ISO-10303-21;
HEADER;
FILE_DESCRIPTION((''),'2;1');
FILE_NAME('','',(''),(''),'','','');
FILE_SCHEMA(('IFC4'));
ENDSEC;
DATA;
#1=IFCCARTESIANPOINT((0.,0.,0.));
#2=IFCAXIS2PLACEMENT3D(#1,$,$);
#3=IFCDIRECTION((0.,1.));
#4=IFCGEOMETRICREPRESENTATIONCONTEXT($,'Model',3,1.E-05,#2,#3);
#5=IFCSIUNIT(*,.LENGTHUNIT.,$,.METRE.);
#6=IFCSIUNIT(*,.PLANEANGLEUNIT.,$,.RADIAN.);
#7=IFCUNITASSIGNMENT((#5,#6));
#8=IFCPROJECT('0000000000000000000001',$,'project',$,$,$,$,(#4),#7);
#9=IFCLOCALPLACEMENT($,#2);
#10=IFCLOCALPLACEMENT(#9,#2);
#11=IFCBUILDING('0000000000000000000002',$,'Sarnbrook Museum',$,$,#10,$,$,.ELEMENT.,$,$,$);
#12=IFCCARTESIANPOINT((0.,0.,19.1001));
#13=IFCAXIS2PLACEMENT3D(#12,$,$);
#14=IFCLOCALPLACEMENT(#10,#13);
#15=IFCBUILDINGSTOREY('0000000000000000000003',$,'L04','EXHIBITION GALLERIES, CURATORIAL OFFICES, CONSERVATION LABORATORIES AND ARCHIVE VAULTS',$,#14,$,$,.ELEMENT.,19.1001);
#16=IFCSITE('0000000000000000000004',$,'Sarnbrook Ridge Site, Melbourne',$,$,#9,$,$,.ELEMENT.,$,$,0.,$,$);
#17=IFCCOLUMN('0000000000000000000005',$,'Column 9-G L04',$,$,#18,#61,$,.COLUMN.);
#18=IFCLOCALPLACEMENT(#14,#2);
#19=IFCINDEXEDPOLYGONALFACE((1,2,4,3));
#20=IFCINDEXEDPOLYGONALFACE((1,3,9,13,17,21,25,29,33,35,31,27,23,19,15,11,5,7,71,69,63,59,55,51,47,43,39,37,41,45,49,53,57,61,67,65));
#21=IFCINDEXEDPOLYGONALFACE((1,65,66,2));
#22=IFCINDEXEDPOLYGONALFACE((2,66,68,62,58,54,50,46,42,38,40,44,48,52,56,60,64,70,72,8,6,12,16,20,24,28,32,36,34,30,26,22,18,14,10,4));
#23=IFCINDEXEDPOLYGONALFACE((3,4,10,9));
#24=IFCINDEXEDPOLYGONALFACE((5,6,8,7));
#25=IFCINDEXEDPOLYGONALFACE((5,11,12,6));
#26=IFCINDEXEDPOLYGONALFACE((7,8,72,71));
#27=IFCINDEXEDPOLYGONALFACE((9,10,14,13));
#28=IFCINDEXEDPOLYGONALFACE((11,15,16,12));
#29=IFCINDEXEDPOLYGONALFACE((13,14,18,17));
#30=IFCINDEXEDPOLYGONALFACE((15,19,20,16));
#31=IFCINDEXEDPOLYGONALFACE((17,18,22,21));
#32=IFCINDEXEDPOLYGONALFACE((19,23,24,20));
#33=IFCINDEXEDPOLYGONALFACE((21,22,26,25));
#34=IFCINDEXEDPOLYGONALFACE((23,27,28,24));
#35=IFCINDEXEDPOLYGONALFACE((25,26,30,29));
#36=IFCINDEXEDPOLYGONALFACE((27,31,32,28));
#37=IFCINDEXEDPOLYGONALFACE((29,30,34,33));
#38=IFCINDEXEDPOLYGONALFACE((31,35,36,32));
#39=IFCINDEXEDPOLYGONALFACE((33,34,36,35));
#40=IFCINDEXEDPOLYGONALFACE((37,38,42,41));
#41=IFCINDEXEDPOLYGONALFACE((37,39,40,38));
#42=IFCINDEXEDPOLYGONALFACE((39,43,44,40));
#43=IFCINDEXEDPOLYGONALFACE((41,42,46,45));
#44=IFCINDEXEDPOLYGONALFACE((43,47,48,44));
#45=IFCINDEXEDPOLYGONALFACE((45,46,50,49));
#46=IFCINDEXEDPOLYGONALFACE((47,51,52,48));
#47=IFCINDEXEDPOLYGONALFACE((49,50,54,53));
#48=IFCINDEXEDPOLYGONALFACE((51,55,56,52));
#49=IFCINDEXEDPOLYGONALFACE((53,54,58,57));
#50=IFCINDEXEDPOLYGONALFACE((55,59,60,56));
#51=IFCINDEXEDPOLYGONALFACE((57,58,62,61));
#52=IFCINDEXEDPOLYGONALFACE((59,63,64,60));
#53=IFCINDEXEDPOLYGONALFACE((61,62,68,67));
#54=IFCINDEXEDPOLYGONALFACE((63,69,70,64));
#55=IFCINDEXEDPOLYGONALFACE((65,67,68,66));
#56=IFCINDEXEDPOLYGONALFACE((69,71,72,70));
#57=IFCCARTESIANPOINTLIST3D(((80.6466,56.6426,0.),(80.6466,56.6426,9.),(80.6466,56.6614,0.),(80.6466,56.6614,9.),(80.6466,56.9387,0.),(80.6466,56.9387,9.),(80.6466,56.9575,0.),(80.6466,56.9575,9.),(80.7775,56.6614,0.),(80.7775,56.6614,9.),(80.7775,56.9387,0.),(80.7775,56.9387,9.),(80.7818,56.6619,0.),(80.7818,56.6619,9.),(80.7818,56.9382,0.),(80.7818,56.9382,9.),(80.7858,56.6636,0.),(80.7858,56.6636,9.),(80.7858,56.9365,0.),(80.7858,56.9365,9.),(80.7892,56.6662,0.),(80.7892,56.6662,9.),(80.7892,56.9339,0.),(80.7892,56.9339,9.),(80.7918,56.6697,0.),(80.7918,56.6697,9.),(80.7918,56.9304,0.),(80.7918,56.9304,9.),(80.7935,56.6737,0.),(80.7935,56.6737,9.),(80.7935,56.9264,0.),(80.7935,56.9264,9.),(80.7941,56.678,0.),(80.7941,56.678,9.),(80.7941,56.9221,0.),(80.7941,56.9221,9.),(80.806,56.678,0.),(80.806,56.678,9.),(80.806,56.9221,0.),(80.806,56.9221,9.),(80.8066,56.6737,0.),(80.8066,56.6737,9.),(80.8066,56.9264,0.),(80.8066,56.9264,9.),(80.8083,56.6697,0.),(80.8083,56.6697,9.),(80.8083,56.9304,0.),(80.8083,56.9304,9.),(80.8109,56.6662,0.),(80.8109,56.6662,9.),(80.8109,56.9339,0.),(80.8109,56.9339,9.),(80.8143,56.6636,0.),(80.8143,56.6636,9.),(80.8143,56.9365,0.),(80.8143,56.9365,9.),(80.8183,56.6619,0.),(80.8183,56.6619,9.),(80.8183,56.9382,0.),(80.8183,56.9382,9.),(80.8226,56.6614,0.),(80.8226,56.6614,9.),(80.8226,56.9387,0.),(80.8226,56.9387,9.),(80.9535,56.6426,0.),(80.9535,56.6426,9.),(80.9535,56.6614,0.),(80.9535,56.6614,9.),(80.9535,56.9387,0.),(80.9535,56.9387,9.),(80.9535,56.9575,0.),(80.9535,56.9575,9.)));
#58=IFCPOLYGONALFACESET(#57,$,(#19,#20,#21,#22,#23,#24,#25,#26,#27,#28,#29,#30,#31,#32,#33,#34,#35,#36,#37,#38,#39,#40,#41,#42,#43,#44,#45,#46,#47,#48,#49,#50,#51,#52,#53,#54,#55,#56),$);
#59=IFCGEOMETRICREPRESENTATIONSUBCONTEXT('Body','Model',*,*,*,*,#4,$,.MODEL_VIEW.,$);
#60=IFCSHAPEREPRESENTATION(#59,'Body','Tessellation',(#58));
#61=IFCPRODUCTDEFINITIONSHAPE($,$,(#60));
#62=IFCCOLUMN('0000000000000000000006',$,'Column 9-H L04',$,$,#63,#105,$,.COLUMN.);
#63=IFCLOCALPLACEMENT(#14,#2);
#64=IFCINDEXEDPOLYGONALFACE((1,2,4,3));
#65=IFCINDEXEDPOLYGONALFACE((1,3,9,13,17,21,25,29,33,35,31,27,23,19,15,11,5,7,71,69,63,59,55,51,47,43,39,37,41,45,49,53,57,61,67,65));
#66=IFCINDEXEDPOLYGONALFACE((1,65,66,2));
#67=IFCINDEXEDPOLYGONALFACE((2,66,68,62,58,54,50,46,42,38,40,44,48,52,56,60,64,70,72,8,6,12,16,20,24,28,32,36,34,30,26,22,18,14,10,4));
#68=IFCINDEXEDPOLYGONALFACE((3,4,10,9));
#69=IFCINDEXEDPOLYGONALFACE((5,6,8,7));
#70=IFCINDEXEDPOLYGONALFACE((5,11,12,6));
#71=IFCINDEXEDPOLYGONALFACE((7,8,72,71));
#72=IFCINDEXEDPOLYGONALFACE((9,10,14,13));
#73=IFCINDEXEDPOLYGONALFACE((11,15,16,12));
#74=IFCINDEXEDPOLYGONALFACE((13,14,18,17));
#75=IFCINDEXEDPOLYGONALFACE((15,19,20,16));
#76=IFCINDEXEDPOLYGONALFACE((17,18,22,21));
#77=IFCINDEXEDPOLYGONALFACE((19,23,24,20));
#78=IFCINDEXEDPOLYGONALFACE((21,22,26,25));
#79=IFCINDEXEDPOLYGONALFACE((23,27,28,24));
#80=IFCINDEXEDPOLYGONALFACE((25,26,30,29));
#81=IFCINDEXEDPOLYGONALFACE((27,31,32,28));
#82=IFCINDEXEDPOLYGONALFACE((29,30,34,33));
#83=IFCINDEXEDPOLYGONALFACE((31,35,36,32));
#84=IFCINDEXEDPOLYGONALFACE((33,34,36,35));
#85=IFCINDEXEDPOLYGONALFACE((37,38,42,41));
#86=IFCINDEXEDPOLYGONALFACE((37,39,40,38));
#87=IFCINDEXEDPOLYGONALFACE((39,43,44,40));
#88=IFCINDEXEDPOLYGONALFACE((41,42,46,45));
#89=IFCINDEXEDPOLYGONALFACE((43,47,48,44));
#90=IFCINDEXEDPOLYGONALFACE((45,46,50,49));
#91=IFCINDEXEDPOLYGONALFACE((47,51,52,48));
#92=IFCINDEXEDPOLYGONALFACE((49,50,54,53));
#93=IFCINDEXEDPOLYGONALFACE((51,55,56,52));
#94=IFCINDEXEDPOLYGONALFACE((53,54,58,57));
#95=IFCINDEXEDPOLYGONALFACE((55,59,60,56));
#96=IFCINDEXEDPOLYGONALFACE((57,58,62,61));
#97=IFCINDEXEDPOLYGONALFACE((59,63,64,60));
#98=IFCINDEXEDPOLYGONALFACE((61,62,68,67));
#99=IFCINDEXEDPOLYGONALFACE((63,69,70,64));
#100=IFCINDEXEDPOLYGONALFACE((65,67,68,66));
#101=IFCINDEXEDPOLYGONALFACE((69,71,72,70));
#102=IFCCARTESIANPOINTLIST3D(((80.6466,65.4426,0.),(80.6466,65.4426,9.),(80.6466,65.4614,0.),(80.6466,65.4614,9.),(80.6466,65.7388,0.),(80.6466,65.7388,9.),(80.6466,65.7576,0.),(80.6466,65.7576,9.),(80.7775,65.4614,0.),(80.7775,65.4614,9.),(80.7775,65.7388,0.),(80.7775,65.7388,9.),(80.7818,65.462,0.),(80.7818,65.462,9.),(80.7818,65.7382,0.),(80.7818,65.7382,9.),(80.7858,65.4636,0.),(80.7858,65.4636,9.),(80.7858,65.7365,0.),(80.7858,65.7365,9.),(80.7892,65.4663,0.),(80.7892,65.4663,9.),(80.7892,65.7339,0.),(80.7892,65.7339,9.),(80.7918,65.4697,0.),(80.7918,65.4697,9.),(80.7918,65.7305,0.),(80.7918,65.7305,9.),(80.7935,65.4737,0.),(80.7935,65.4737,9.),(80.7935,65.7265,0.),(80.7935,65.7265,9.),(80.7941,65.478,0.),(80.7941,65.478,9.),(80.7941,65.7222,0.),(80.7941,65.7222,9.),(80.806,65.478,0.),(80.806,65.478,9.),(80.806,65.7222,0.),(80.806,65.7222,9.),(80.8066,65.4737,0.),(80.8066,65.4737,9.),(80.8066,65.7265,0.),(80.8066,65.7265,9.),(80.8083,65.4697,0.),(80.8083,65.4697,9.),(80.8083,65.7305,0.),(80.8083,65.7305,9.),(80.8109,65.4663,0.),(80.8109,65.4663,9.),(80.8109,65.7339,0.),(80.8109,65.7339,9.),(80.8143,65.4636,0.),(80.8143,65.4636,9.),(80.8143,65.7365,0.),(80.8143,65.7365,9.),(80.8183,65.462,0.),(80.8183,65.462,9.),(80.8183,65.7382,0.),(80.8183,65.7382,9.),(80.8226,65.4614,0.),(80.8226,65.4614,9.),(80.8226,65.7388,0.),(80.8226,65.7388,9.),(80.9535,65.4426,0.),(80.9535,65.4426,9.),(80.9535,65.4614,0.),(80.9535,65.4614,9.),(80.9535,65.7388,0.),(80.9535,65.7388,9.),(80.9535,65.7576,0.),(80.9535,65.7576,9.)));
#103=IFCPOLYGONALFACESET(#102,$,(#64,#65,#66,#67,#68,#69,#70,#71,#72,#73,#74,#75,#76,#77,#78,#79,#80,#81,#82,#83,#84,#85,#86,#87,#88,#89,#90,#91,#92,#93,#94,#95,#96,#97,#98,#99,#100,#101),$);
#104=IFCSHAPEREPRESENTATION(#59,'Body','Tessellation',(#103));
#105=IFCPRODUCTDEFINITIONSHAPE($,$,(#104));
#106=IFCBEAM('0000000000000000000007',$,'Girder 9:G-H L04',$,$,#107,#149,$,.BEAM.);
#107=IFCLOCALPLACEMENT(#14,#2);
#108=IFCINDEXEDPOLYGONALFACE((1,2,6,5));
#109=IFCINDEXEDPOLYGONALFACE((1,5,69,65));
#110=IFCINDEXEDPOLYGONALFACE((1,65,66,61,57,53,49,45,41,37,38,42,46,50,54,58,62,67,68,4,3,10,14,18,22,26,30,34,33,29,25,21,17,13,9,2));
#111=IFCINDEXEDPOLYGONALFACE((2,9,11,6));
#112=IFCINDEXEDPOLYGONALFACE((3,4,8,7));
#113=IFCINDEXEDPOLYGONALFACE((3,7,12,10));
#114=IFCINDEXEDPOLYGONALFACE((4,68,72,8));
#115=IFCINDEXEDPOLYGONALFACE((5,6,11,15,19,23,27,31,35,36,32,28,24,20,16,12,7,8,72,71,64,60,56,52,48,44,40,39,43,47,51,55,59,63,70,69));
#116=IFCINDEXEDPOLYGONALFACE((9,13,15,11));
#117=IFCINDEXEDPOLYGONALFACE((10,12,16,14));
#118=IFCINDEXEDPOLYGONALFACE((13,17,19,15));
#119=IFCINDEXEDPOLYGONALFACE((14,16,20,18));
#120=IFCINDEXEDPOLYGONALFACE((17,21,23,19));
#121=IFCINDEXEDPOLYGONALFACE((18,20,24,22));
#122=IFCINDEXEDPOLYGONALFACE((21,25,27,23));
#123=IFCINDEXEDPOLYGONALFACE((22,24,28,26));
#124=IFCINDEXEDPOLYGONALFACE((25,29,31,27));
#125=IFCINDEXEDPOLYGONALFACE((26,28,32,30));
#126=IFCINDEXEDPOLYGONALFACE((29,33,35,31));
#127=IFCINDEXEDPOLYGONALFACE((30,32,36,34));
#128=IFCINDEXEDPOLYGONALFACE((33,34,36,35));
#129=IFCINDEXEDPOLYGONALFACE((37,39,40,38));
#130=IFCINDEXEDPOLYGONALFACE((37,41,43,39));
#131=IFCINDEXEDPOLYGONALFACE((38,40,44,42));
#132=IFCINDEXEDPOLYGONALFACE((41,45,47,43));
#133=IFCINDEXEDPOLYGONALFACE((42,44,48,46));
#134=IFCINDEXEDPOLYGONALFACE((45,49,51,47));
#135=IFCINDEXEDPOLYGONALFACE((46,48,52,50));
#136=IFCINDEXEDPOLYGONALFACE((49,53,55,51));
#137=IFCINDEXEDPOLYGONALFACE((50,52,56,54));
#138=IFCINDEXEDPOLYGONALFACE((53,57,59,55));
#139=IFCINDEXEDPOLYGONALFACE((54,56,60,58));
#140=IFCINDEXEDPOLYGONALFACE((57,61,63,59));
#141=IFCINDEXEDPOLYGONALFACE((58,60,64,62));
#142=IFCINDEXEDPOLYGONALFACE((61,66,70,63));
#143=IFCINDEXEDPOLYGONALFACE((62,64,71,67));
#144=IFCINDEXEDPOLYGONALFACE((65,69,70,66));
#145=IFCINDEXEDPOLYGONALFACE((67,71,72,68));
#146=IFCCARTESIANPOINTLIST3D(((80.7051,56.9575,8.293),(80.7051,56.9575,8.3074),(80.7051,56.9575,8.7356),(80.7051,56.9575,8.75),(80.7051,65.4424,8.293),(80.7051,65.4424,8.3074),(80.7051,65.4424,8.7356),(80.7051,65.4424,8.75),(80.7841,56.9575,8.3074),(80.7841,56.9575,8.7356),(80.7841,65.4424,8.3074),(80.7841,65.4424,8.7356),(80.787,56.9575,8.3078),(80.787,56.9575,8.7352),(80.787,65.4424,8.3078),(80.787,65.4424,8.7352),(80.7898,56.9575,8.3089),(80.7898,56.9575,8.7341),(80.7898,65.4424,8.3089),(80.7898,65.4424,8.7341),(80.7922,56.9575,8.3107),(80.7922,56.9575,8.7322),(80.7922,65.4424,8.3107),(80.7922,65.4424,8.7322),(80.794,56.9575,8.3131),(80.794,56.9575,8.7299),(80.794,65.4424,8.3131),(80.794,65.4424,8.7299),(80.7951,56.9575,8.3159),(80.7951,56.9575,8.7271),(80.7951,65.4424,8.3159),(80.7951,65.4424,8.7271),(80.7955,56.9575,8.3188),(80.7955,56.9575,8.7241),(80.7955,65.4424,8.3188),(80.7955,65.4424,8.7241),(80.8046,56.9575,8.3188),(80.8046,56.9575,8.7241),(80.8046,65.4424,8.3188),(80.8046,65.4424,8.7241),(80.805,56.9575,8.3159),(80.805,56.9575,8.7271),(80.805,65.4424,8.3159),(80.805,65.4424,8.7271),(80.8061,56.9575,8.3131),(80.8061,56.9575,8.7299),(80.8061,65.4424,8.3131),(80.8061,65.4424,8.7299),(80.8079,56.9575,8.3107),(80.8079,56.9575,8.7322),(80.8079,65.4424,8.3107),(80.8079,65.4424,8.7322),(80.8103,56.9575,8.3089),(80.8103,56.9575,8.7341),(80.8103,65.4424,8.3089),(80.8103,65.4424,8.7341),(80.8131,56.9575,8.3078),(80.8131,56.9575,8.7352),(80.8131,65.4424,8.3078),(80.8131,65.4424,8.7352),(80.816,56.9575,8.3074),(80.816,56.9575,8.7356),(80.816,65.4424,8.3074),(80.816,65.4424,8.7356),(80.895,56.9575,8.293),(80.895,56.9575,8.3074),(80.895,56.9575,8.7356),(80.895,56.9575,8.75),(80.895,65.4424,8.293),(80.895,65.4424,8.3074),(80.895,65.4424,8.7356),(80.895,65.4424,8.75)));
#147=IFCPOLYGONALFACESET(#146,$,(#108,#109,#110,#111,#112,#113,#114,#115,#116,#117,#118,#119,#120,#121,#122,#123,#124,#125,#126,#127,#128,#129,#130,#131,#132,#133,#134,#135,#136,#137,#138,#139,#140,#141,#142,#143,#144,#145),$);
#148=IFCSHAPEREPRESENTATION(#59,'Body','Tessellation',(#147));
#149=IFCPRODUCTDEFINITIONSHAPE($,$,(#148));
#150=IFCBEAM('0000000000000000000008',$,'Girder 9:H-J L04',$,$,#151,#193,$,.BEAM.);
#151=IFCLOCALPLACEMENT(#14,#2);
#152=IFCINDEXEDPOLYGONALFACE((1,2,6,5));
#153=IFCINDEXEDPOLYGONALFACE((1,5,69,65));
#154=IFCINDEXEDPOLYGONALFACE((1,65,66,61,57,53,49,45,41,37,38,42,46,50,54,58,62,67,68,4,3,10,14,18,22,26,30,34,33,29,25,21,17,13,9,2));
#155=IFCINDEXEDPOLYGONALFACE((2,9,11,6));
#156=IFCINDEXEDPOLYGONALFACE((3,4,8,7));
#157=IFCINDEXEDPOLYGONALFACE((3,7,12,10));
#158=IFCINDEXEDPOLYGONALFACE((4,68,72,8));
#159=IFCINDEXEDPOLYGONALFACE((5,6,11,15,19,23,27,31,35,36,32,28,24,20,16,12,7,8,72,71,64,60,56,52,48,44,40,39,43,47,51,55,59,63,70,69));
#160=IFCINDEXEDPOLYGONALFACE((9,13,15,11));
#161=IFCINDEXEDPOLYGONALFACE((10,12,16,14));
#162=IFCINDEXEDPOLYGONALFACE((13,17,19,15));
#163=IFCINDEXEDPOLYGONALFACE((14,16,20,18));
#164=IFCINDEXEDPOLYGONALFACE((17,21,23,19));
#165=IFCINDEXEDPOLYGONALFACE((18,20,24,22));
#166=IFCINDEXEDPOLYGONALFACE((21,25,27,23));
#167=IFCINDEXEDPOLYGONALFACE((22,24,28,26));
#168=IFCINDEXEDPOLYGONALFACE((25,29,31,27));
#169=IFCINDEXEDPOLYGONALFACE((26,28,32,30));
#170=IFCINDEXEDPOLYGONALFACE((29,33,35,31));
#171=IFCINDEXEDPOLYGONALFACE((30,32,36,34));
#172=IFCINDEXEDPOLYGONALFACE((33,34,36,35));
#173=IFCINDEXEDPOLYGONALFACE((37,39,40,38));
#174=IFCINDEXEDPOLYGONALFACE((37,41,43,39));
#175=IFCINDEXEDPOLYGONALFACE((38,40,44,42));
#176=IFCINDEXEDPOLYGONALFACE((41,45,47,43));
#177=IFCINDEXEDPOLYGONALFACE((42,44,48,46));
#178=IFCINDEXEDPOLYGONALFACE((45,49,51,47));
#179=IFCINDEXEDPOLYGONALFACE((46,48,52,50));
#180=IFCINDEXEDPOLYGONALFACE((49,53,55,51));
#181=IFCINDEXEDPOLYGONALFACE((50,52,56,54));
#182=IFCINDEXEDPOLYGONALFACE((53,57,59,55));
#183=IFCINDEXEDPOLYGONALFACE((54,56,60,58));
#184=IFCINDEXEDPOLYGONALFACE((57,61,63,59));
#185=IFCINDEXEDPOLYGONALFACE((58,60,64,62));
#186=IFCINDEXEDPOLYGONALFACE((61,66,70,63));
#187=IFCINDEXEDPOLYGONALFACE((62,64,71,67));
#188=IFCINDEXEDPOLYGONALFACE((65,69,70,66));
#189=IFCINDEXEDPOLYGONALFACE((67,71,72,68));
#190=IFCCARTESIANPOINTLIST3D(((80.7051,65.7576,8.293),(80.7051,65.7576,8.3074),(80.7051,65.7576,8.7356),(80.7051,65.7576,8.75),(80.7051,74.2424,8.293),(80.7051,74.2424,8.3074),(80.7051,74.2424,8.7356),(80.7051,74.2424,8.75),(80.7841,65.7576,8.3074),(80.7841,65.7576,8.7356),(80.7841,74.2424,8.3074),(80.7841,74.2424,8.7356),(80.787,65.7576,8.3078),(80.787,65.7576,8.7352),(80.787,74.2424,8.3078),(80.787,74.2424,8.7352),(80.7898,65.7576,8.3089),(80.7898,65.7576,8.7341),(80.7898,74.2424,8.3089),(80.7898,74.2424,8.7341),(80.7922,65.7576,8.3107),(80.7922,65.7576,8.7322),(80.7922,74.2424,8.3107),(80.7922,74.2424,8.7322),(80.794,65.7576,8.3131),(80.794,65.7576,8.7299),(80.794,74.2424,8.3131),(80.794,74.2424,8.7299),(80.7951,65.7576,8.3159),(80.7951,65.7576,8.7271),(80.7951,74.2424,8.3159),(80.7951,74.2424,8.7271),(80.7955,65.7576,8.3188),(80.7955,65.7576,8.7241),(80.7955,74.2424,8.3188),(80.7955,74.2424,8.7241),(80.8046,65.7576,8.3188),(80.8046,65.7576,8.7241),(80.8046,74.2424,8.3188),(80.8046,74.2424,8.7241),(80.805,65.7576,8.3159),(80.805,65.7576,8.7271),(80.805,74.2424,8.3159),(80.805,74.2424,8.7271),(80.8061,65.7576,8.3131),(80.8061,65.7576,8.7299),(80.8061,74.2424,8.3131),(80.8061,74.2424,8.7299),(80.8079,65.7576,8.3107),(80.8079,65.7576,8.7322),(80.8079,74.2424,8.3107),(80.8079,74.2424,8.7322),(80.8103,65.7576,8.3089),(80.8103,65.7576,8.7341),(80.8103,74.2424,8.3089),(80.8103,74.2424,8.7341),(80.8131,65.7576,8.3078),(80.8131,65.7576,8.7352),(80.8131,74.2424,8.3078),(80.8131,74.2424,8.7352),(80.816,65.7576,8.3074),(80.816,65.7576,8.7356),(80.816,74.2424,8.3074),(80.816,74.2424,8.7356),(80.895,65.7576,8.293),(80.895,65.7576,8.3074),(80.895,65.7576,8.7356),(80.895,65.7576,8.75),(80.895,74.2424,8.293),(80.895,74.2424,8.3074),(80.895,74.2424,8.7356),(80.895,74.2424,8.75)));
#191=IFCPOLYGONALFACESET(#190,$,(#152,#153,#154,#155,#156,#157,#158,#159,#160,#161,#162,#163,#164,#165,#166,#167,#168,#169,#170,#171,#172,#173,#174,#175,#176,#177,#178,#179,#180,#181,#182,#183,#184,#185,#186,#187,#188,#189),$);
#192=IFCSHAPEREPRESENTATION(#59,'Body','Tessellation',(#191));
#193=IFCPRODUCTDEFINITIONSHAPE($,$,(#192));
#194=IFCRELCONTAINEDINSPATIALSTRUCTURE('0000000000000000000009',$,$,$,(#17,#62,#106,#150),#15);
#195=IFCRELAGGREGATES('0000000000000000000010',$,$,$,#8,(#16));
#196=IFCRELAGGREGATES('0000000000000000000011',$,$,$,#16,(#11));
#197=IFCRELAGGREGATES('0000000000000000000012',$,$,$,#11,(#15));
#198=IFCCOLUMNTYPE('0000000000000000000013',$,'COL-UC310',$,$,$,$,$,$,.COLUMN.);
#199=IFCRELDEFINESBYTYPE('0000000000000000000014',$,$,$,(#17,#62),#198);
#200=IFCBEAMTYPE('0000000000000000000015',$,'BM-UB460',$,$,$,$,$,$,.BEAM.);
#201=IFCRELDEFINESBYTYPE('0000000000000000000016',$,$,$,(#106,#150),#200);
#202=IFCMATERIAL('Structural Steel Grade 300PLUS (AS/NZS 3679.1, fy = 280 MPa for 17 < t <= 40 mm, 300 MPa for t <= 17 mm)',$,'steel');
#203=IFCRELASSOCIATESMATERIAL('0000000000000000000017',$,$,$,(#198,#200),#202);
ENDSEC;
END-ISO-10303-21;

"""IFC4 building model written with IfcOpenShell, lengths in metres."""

from ifc_helpers import new_model, si_unit, direction, frame, origin, origin_2d, place, context, subcontext, project, spatial, i_section, extrude, material, material_profile, profile_set, type_object, element, save


model = new_model("IFC4")

# Units and contexts
model_context = context("Model", 3, precision=1e-05, world=origin(), true_north=direction((0.0, 1.0)))
body_context = subcontext(model_context, "Body", "Model", "MODEL_VIEW")
ifc_project = project(units=[si_unit("LENGTHUNIT", "METRE"), si_unit("PLANEANGLEUNIT", "RADIAN")], contexts=[model_context])

# Site, building, storey
site_placement = place(None, origin())
site = spatial("IfcSite", under=ifc_project, at=site_placement, Name="Sarnbrook Ridge Site, Melbourne", CompositionType="ELEMENT", RefElevation=0.0)
building_placement = place(site_placement, origin())
building = spatial("IfcBuilding", under=site, at=building_placement, Name="Sarnbrook Museum", CompositionType="ELEMENT")
storey_placement = place(building_placement, frame((0.0, 0.0, 19.1001)))
storey = spatial("IfcBuildingStorey", under=building, at=storey_placement, Name="L04", Description="EXHIBITION GALLERIES, CURATORIAL OFFICES, CONSERVATION LABORATORIES AND ARCHIVE VAULTS", CompositionType="ELEMENT", Elevation=19.1001)

# Columns
ifc_material_1 = material(Name="Structural Steel Grade 300PLUS (AS/NZS 3679.1, fy = 280 MPa for 17 < t <= 40 mm, 300 MPa for t <= 17 mm)", Category="steel")
ifc_material_profile_1 = material_profile(ifc_material_1, i_section(OverallWidth=0.3069, OverallDepth=0.3149, WebThickness=0.012, FlangeThickness=0.0188, FilletRadius=0.0166, at=origin_2d()), Name="310UC118")
ifc_profile_set_1 = profile_set([ifc_material_profile_1], Name="Structural Steel Grade 300PLUS (AS/NZS 3679.1, fy = 280 MPa for 17 < t <= 40 mm, 300 MPa for t <= 17 mm)")
column_type = type_object("IfcColumnType", Name="COL-UC310", PredefinedType="COLUMN", material=ifc_profile_set_1)
for number, where, z_axis, x_axis, name in (
    (1, (80.8, 56.8, 0.0), (0.0, 0.0, 1.0), (1.0, 0.0, 0.0), "Column 9-G L04"),
    (2, (80.8, 65.6001, 0.0), (0.0, 0.0, 1.0), (1.0, 0.0, 0.0), "Column 9-H L04"),
):
    element("IfcColumn", number, at=place(storey_placement, frame(where, z_axis=z_axis, x_axis=x_axis)), inside=storey, type_object=column_type, Name=name, PredefinedType="COLUMN", context=body_context, shape_type="SweptSolid", body=[
        extrude(i_section(OverallWidth=0.3069, OverallDepth=0.3149, WebThickness=0.012, FlangeThickness=0.0188, FilletRadius=0.0166, at=origin_2d()), origin(), (0.0, 0.0, 1.0), 9.0),
    ])

# Beams
ifc_material_profile_2 = material_profile(ifc_material_1, i_section(OverallWidth=0.1899, OverallDepth=0.457, WebThickness=0.009, FlangeThickness=0.0144, FilletRadius=0.0115, at=origin_2d()), Name="460UB74.6")
ifc_profile_set_2 = profile_set([ifc_material_profile_2], Name="Structural Steel Grade 300PLUS (AS/NZS 3679.1, fy = 280 MPa for 17 < t <= 40 mm, 300 MPa for t <= 17 mm)")
beam_type = type_object("IfcBeamType", Name="BM-UB460", PredefinedType="BEAM", material=ifc_profile_set_2)
for number, where, z_axis, x_axis, name in (
    (3, (80.8, 56.9575, 8.5215), (0.0, 1.0, 0.0), (-1.0, 0.0, 0.0), "Girder 9:G-H L04"),
    (4, (80.8, 65.7576, 8.5215), (0.0, 1.0, 0.0), (-1.0, 0.0, 0.0), "Girder 9:H-J L04"),
):
    element("IfcBeam", number, at=place(storey_placement, frame(where, z_axis=z_axis, x_axis=x_axis)), inside=storey, type_object=beam_type, Name=name, PredefinedType="BEAM", context=body_context, shape_type="SweptSolid", body=[
        extrude(i_section(OverallWidth=0.1899, OverallDepth=0.457, WebThickness=0.009, FlangeThickness=0.0144, FilletRadius=0.0115, at=origin_2d()), origin(), (0.0, 0.0, 1.0), 8.4849),
    ])

save(model, "model.ifc")
